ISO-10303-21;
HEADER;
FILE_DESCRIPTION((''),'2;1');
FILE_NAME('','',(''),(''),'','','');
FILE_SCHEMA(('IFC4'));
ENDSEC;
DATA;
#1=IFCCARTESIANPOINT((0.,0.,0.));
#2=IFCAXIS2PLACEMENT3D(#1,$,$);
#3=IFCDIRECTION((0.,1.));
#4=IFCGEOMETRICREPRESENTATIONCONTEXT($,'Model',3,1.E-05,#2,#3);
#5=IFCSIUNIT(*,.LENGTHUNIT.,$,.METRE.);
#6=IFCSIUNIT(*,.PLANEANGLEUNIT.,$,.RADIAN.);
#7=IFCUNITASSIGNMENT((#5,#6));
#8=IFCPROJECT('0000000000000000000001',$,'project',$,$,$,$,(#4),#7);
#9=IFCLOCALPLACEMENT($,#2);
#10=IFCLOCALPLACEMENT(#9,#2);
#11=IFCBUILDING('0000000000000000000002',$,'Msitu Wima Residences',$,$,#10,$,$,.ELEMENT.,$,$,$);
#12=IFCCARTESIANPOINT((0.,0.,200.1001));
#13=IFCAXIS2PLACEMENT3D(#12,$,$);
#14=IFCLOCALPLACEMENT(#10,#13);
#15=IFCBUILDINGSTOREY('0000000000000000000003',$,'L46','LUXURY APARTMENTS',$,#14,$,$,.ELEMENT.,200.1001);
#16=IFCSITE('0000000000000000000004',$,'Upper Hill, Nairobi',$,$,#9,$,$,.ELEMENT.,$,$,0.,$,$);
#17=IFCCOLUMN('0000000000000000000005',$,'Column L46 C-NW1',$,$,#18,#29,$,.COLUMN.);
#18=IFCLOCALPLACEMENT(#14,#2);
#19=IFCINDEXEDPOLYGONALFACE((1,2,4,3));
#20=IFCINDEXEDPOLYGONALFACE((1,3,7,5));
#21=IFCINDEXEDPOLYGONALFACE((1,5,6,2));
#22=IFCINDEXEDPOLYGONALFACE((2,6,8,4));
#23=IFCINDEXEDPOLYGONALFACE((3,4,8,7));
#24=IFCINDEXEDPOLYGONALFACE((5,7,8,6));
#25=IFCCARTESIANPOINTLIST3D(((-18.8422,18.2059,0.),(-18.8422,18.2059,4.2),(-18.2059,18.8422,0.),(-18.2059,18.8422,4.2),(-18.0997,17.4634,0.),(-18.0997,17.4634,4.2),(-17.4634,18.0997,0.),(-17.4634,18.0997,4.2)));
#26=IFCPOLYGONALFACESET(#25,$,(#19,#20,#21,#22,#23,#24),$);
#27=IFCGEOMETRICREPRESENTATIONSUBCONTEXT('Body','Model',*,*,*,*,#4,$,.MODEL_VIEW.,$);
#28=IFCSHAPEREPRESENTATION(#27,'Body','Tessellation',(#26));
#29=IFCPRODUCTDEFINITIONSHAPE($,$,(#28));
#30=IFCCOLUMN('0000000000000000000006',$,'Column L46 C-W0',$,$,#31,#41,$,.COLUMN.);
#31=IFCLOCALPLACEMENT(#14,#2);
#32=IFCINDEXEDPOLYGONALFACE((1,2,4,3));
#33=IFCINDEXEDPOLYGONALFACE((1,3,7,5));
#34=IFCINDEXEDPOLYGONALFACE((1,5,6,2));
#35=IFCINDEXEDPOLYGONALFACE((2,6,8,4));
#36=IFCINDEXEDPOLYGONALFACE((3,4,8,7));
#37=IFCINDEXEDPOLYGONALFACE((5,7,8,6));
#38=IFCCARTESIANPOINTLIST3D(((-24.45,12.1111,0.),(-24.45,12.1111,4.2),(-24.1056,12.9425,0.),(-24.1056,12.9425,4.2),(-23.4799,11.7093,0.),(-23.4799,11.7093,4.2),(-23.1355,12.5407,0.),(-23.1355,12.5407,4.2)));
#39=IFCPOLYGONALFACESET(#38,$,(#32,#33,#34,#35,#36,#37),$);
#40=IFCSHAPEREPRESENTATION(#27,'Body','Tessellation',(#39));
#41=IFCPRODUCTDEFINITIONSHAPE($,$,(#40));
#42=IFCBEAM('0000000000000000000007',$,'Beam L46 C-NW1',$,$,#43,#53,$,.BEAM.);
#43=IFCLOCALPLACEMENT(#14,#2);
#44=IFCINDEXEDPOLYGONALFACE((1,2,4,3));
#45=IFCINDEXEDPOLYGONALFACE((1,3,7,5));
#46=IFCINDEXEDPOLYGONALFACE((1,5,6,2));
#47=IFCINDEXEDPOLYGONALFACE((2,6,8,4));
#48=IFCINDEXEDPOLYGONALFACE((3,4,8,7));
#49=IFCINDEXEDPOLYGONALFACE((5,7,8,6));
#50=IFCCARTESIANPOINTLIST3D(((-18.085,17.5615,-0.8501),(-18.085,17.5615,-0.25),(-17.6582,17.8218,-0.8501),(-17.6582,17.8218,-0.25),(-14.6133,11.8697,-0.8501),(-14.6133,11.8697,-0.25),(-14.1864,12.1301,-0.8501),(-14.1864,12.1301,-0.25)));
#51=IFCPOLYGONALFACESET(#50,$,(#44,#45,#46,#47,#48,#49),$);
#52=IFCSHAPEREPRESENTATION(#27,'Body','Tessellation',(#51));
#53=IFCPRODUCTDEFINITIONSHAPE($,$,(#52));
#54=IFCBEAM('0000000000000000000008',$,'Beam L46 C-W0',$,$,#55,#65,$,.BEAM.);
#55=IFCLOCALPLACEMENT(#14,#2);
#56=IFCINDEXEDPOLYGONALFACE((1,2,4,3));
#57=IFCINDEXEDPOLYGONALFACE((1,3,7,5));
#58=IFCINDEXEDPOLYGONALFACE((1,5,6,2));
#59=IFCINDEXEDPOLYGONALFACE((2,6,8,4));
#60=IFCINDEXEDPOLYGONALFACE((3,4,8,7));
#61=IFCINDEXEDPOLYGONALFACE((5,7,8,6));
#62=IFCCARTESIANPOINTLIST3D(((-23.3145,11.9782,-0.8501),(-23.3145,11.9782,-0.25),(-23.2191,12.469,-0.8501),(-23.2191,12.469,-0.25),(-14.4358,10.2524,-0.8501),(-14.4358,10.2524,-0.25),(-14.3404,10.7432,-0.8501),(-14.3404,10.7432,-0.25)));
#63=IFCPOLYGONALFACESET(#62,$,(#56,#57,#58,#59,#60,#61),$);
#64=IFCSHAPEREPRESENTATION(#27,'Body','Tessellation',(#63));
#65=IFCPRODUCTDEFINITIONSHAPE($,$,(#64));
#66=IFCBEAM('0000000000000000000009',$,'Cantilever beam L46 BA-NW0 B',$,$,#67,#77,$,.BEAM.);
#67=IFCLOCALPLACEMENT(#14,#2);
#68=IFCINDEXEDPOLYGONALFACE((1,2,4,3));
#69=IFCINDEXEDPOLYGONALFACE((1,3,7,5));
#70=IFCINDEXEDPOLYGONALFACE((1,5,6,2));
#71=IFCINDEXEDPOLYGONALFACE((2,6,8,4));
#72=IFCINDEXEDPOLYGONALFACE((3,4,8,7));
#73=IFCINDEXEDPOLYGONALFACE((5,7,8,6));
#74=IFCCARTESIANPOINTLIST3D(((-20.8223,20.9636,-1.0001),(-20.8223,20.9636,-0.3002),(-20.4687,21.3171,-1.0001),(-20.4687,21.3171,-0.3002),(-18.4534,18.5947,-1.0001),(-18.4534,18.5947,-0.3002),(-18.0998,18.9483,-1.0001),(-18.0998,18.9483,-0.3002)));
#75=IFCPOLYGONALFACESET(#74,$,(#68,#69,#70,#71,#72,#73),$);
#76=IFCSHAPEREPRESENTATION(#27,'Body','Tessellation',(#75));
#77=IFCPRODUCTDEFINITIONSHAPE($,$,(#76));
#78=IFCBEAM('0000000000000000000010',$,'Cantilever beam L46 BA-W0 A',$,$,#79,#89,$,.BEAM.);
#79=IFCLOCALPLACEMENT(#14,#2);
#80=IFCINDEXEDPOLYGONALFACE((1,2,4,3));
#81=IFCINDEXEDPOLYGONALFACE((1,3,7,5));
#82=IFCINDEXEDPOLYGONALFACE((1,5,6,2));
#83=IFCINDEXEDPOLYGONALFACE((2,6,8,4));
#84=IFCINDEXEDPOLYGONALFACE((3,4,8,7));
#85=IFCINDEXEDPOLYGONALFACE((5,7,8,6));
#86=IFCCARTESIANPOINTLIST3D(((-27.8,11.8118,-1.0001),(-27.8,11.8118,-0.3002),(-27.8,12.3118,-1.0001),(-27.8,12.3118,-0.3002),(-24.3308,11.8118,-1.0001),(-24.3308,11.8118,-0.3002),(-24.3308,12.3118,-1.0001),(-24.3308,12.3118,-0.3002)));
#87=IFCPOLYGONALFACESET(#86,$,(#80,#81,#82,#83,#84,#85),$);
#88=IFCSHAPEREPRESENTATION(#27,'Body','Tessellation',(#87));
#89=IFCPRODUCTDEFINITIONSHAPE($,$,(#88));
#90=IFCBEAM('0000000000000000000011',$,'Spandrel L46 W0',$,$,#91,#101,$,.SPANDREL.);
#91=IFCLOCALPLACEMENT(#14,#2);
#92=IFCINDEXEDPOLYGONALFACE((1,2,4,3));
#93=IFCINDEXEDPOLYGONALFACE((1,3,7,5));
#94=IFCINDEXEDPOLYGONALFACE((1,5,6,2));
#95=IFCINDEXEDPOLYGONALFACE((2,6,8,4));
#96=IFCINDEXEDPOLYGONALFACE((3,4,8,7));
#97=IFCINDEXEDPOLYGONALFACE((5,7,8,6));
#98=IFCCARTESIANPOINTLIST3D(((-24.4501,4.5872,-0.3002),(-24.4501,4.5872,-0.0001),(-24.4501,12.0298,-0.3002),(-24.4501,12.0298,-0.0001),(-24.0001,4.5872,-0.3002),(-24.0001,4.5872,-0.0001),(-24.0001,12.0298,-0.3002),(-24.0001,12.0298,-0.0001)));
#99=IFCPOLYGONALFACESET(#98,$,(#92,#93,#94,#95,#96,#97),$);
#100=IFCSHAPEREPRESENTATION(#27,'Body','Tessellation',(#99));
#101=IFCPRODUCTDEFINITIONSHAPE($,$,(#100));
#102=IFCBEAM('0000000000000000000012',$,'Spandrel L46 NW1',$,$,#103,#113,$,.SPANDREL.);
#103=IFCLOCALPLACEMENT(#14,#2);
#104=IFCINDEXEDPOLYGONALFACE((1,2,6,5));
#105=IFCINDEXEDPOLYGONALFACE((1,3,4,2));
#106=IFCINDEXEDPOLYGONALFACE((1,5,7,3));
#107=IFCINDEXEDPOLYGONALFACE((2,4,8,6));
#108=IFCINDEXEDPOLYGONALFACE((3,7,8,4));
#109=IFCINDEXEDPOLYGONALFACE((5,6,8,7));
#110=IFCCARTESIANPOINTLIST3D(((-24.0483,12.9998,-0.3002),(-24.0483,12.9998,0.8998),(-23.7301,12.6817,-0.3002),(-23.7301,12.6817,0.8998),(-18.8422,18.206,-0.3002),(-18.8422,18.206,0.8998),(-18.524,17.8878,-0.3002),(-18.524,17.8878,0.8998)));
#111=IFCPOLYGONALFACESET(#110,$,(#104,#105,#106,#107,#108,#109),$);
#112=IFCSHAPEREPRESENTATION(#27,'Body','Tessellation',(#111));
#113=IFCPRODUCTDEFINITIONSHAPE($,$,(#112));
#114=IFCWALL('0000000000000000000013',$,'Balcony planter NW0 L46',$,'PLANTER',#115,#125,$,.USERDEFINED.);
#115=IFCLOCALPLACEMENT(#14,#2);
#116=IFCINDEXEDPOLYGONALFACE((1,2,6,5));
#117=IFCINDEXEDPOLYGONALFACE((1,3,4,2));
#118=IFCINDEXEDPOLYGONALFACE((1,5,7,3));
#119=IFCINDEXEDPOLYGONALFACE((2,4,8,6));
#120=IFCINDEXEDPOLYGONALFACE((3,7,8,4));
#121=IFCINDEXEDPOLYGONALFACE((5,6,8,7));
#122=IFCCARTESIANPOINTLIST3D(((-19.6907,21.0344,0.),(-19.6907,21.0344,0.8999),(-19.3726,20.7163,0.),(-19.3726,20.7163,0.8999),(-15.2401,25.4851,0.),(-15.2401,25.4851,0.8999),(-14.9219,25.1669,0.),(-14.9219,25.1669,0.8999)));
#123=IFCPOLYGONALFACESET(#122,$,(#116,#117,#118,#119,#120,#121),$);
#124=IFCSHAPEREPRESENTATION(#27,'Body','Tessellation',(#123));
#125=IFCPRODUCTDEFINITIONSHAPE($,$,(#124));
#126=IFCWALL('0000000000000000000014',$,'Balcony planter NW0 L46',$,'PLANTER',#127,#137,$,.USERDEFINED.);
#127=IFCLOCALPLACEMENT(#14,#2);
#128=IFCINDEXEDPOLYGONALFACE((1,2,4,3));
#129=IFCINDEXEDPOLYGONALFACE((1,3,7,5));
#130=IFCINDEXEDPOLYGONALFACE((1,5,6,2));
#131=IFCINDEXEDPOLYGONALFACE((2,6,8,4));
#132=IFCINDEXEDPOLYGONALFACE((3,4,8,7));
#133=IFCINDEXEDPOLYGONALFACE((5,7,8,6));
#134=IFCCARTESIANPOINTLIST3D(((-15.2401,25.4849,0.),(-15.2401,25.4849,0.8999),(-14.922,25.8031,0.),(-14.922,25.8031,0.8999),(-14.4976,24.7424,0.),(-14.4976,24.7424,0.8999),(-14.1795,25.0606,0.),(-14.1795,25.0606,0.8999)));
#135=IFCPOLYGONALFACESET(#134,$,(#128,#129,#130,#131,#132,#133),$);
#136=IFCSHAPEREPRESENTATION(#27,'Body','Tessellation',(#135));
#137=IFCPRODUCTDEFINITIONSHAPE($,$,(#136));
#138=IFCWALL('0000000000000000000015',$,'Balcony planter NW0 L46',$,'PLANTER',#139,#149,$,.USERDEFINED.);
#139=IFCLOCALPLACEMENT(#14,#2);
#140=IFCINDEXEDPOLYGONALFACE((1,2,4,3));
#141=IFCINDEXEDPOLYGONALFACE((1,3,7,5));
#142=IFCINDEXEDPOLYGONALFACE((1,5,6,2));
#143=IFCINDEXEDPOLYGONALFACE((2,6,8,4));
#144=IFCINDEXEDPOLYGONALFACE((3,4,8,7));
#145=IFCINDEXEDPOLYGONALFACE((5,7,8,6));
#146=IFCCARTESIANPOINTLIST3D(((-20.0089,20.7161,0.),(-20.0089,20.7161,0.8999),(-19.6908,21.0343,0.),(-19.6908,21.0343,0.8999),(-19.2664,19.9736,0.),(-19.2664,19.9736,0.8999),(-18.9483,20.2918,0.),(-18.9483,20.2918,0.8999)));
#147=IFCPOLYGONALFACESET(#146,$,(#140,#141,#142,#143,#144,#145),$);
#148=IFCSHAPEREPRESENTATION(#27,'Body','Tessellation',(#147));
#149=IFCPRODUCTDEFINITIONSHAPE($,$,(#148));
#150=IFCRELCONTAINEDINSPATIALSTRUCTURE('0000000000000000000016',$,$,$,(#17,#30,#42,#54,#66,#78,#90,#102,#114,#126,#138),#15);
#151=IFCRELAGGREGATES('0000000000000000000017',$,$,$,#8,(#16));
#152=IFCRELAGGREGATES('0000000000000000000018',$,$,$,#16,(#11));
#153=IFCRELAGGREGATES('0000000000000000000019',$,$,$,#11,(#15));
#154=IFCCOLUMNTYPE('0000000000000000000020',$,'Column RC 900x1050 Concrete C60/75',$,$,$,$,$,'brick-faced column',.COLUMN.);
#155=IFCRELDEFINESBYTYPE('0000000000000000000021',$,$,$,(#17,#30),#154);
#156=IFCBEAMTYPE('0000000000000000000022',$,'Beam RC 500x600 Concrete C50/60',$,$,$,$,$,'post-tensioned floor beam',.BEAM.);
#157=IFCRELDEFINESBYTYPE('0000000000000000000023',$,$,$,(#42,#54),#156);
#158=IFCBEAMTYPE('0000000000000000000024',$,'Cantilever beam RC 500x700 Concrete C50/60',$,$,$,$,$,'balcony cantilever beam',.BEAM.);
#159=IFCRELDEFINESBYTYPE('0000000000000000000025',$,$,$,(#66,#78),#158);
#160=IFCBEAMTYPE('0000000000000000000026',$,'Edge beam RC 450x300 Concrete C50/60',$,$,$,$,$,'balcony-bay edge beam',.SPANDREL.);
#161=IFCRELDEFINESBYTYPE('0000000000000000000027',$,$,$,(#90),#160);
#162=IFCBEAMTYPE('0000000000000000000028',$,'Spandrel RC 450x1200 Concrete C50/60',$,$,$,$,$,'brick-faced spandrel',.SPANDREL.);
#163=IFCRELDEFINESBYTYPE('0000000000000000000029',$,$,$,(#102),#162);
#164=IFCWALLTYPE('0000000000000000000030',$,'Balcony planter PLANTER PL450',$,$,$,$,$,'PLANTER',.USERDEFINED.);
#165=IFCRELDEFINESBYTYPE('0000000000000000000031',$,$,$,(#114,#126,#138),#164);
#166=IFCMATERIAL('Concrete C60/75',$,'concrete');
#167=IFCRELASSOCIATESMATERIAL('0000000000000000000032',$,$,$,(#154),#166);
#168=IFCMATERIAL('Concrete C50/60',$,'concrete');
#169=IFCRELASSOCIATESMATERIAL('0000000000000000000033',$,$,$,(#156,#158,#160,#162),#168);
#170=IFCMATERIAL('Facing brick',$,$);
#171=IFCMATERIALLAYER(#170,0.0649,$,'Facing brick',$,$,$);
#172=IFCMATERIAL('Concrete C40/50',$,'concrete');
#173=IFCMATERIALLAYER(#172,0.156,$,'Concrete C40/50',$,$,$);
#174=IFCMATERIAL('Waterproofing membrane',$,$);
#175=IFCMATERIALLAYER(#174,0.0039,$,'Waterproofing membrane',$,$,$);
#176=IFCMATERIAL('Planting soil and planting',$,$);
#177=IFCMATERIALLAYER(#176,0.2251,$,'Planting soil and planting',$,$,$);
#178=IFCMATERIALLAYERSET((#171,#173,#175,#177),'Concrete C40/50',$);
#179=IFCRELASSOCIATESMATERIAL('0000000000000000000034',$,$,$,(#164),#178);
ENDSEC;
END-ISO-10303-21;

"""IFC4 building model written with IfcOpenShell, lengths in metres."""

from ifc_helpers import new_model, si_unit, direction, frame, frame_2d, origin, origin_2d, place, context, subcontext, project, spatial, rectangle, extrude, material, layer, layer_set, material_profile, profile_set, type_object, element, save


model = new_model("IFC4")

# Units and contexts
model_context = context("Model", 3, precision=1e-05, world=origin(), true_north=direction((0.0, 1.0)))
body_context = subcontext(model_context, "Body", "Model", "MODEL_VIEW")
ifc_project = project(units=[si_unit("LENGTHUNIT", "METRE"), si_unit("PLANEANGLEUNIT", "RADIAN")], contexts=[model_context])

# Site, building, storey
site_placement = place(None, origin())
site = spatial("IfcSite", under=ifc_project, at=site_placement, Name="Upper Hill, Nairobi", CompositionType="ELEMENT", RefElevation=0.0)
building_placement = place(site_placement, origin())
building = spatial("IfcBuilding", under=site, at=building_placement, Name="Msitu Wima Residences", CompositionType="ELEMENT")
storey_placement = place(building_placement, frame((0.0, 0.0, 200.1001)))
storey = spatial("IfcBuildingStorey", under=building, at=storey_placement, Name="L46", Description="LUXURY APARTMENTS", CompositionType="ELEMENT", Elevation=200.1001)

# Columns
ifc_material_1 = material(Name="Concrete C60/75", Category="concrete")
ifc_material_profile_1 = material_profile(ifc_material_1, rectangle(XDim=0.8999, YDim=1.05, at=origin_2d()), Name="RC 900x1050")
ifc_profile_set_1 = profile_set([ifc_material_profile_1], Name="Concrete C60/75")
column_type = type_object("IfcColumnType", Name="Column RC 900x1050 Concrete C60/75", ElementType="brick-faced column", PredefinedType="COLUMN", material=ifc_profile_set_1)
for number, where, z_axis, x_axis, name in (
    (1, (-18.1528, 18.1528, 0.0), (0.0, 0.0, 1.0), (-0.707107, -0.707107, 0.0), "Column L46 C-NW1"),
    (2, (-23.7927, 12.3259, 0.0), (0.0, 0.0, 1.0), (-0.382683, -0.92388, 0.0), "Column L46 C-W0"),
):
    element("IfcColumn", number, at=place(storey_placement, frame(where, z_axis=z_axis, x_axis=x_axis)), inside=storey, type_object=column_type, Name=name, PredefinedType="COLUMN", context=body_context, shape_type="SweptSolid", body=[
        extrude(rectangle(XDim=0.8999, YDim=1.05, at=origin_2d()), origin(), (0.0, 0.0, 1.0), 4.2),
    ])

# Beams
ifc_material_2 = material(Name="Concrete C50/60", Category="concrete")
ifc_material_profile_2 = material_profile(ifc_material_2, rectangle(XDim=0.5, YDim=0.6001, at=origin_2d()), Name="RC 500x600")
ifc_profile_set_2 = profile_set([ifc_material_profile_2], Name="Concrete C50/60")
beam_type_1 = type_object("IfcBeamType", Name="Beam RC 500x600 Concrete C50/60", ElementType="post-tensioned floor beam", PredefinedType="BEAM", material=ifc_profile_set_2)
beam_1_placement = place(storey_placement, frame((-17.8716, 17.6917, -0.55), z_axis=(0.520734, -0.853719, 0.0), x_axis=(0.853719, 0.520734, 0.0)))
element("IfcBeam", 3, at=beam_1_placement, inside=storey, type_object=beam_type_1, Name="Beam L46 C-NW1", PredefinedType="BEAM", context=body_context, shape_type="SweptSolid", body=[
    extrude(rectangle(XDim=0.5, YDim=0.6001, at=origin_2d()), origin(), (0.0, 0.0, 1.0), 6.667),
])
beam_2_placement = place(storey_placement, frame((-23.2668, 12.2236, -0.55), z_axis=(0.981627, -0.190808, 0.0), x_axis=(0.190808, 0.981627, 0.0)))
element("IfcBeam", 4, at=beam_2_placement, inside=storey, type_object=beam_type_1, Name="Beam L46 C-W0", PredefinedType="BEAM", context=body_context, shape_type="SweptSolid", body=[
    extrude(rectangle(XDim=0.5, YDim=0.6001, at=origin_2d()), origin(), (0.0, 0.0, 1.0), 9.0449),
])
ifc_material_profile_3 = material_profile(ifc_material_2, rectangle(XDim=0.5, YDim=0.7, at=origin_2d()), Name="RC 500x700")
ifc_profile_set_3 = profile_set([ifc_material_profile_3], Name="Concrete C50/60")
beam_type_2 = type_object("IfcBeamType", Name="Cantilever beam RC 500x700 Concrete C50/60", ElementType="balcony cantilever beam", PredefinedType="BEAM", material=ifc_profile_set_3)
beam_3_placement = place(storey_placement, frame((-18.2766, 18.7715, -0.6501), z_axis=(-0.707107, 0.707107, 0.0), x_axis=(-0.707107, -0.707107, 0.0)))
element("IfcBeam", 5, at=beam_3_placement, inside=storey, type_object=beam_type_2, Name="Cantilever beam L46 BA-NW0 B", PredefinedType="BEAM", context=body_context, shape_type="SweptSolid", body=[
    extrude(rectangle(XDim=0.5, YDim=0.7, at=origin_2d()), origin(), (0.0, 0.0, 1.0), 3.3501),
])
beam_4_placement = place(storey_placement, frame((-24.3308, 12.0618, -0.6501), z_axis=(-1.0, 0.0, 0.0), x_axis=(0.0, -1.0, 0.0)))
element("IfcBeam", 6, at=beam_4_placement, inside=storey, type_object=beam_type_2, Name="Cantilever beam L46 BA-W0 A", PredefinedType="BEAM", context=body_context, shape_type="SweptSolid", body=[
    extrude(rectangle(XDim=0.5, YDim=0.7, at=origin_2d()), origin(), (0.0, 0.0, 1.0), 3.4692),
])
ifc_material_profile_4 = material_profile(ifc_material_2, rectangle(XDim=0.45, YDim=0.3, at=origin_2d()), Name="RC 450x300")
ifc_profile_set_4 = profile_set([ifc_material_profile_4], Name="Concrete C50/60")
beam_type_3 = type_object("IfcBeamType", Name="Edge beam RC 450x300 Concrete C50/60", ElementType="balcony-bay edge beam", PredefinedType="SPANDREL", material=ifc_profile_set_4)
beam_5_placement = place(storey_placement, frame((-24.2251, 12.0298, -0.1501), z_axis=(0.0, -1.0, 0.0), x_axis=(1.0, 0.0, 0.0)))
element("IfcBeam", 7, at=beam_5_placement, inside=storey, type_object=beam_type_3, Name="Spandrel L46 W0", PredefinedType="SPANDREL", context=body_context, shape_type="SweptSolid", body=[
    extrude(rectangle(XDim=0.45, YDim=0.3, at=origin_2d()), origin(), (0.0, 0.0, 1.0), 7.4426),
])
ifc_material_profile_5 = material_profile(ifc_material_2, rectangle(XDim=0.45, YDim=1.2, at=origin_2d()), Name="RC 450x1200")
ifc_profile_set_5 = profile_set([ifc_material_profile_5], Name="Concrete C50/60")
beam_type_4 = type_object("IfcBeamType", Name="Spandrel RC 450x1200 Concrete C50/60", ElementType="brick-faced spandrel", PredefinedType="SPANDREL", material=ifc_profile_set_5)
beam_6_placement = place(storey_placement, frame((-18.6831, 18.0469, 0.2998), z_axis=(-0.707107, -0.707107, 0.0), x_axis=(0.707107, -0.707107, 0.0)))
element("IfcBeam", 8, at=beam_6_placement, inside=storey, type_object=beam_type_4, Name="Spandrel L46 NW1", PredefinedType="SPANDREL", context=body_context, shape_type="SweptSolid", body=[
    extrude(rectangle(XDim=0.45, YDim=1.2, at=origin_2d()), origin(), (0.0, 0.0, 1.0), 7.3625),
])

# Walls
ifc_material_3 = material(Name="Facing brick")
ifc_layer_1 = layer(ifc_material_3, 0.0649, Name="Facing brick")
ifc_material_4 = material(Name="Concrete C40/50", Category="concrete")
ifc_layer_2 = layer(ifc_material_4, 0.156, Name="Concrete C40/50")
ifc_material_5 = material(Name="Waterproofing membrane")
ifc_layer_3 = layer(ifc_material_5, 0.0039, Name="Waterproofing membrane")
ifc_material_6 = material(Name="Planting soil and planting")
ifc_layer_4 = layer(ifc_material_6, 0.2251, Name="Planting soil and planting")
ifc_layer_set_1 = layer_set([ifc_layer_1, ifc_layer_2, ifc_layer_3, ifc_layer_4], Name="Concrete C40/50")
wall_type_1 = type_object("IfcWallType", Name="Balcony planter PLANTER PL450", ElementType="PLANTER", PredefinedType="USERDEFINED", material=ifc_layer_set_1)
wall_1_placement = place(storey_placement, frame((-15.0811, 25.3259, 0.0), z_axis=(0.0, 0.0, 1.0), x_axis=(-0.707107, -0.707107, 0.0)))
element("IfcWall", 9, at=wall_1_placement, inside=storey, type_object=wall_type_1, Name="Balcony planter NW0 L46", ObjectType="PLANTER", PredefinedType="USERDEFINED", context=body_context, shape_type="SweptSolid", body=[
    extrude(rectangle(XDim=6.2942, YDim=0.45, at=frame_2d((3.147, 0.0))), origin(), (0.0, 0.0, 1.0), 0.8999),
])
for number, where, z_axis, x_axis, name in (
    (10, (-14.3386, 24.9016, 0.0), (0.0, 0.0, 1.0), (-0.707107, 0.707107, 0.0), "Balcony planter NW0 L46"),
    (11, (-19.1074, 20.1328, 0.0), (0.0, 0.0, 1.0), (-0.707107, 0.707107, 0.0), "Balcony planter NW0 L46"),
):
    element("IfcWall", number, at=place(storey_placement, frame(where, z_axis=z_axis, x_axis=x_axis)), inside=storey, type_object=wall_type_1, Name=name, ObjectType="PLANTER", PredefinedType="USERDEFINED", context=body_context, shape_type="SweptSolid", body=[
        extrude(rectangle(XDim=1.05, YDim=0.45, at=frame_2d((0.5249, 0.0))), origin(), (0.0, 0.0, 1.0), 0.8999),
    ])

save(model, "model.ifc")
